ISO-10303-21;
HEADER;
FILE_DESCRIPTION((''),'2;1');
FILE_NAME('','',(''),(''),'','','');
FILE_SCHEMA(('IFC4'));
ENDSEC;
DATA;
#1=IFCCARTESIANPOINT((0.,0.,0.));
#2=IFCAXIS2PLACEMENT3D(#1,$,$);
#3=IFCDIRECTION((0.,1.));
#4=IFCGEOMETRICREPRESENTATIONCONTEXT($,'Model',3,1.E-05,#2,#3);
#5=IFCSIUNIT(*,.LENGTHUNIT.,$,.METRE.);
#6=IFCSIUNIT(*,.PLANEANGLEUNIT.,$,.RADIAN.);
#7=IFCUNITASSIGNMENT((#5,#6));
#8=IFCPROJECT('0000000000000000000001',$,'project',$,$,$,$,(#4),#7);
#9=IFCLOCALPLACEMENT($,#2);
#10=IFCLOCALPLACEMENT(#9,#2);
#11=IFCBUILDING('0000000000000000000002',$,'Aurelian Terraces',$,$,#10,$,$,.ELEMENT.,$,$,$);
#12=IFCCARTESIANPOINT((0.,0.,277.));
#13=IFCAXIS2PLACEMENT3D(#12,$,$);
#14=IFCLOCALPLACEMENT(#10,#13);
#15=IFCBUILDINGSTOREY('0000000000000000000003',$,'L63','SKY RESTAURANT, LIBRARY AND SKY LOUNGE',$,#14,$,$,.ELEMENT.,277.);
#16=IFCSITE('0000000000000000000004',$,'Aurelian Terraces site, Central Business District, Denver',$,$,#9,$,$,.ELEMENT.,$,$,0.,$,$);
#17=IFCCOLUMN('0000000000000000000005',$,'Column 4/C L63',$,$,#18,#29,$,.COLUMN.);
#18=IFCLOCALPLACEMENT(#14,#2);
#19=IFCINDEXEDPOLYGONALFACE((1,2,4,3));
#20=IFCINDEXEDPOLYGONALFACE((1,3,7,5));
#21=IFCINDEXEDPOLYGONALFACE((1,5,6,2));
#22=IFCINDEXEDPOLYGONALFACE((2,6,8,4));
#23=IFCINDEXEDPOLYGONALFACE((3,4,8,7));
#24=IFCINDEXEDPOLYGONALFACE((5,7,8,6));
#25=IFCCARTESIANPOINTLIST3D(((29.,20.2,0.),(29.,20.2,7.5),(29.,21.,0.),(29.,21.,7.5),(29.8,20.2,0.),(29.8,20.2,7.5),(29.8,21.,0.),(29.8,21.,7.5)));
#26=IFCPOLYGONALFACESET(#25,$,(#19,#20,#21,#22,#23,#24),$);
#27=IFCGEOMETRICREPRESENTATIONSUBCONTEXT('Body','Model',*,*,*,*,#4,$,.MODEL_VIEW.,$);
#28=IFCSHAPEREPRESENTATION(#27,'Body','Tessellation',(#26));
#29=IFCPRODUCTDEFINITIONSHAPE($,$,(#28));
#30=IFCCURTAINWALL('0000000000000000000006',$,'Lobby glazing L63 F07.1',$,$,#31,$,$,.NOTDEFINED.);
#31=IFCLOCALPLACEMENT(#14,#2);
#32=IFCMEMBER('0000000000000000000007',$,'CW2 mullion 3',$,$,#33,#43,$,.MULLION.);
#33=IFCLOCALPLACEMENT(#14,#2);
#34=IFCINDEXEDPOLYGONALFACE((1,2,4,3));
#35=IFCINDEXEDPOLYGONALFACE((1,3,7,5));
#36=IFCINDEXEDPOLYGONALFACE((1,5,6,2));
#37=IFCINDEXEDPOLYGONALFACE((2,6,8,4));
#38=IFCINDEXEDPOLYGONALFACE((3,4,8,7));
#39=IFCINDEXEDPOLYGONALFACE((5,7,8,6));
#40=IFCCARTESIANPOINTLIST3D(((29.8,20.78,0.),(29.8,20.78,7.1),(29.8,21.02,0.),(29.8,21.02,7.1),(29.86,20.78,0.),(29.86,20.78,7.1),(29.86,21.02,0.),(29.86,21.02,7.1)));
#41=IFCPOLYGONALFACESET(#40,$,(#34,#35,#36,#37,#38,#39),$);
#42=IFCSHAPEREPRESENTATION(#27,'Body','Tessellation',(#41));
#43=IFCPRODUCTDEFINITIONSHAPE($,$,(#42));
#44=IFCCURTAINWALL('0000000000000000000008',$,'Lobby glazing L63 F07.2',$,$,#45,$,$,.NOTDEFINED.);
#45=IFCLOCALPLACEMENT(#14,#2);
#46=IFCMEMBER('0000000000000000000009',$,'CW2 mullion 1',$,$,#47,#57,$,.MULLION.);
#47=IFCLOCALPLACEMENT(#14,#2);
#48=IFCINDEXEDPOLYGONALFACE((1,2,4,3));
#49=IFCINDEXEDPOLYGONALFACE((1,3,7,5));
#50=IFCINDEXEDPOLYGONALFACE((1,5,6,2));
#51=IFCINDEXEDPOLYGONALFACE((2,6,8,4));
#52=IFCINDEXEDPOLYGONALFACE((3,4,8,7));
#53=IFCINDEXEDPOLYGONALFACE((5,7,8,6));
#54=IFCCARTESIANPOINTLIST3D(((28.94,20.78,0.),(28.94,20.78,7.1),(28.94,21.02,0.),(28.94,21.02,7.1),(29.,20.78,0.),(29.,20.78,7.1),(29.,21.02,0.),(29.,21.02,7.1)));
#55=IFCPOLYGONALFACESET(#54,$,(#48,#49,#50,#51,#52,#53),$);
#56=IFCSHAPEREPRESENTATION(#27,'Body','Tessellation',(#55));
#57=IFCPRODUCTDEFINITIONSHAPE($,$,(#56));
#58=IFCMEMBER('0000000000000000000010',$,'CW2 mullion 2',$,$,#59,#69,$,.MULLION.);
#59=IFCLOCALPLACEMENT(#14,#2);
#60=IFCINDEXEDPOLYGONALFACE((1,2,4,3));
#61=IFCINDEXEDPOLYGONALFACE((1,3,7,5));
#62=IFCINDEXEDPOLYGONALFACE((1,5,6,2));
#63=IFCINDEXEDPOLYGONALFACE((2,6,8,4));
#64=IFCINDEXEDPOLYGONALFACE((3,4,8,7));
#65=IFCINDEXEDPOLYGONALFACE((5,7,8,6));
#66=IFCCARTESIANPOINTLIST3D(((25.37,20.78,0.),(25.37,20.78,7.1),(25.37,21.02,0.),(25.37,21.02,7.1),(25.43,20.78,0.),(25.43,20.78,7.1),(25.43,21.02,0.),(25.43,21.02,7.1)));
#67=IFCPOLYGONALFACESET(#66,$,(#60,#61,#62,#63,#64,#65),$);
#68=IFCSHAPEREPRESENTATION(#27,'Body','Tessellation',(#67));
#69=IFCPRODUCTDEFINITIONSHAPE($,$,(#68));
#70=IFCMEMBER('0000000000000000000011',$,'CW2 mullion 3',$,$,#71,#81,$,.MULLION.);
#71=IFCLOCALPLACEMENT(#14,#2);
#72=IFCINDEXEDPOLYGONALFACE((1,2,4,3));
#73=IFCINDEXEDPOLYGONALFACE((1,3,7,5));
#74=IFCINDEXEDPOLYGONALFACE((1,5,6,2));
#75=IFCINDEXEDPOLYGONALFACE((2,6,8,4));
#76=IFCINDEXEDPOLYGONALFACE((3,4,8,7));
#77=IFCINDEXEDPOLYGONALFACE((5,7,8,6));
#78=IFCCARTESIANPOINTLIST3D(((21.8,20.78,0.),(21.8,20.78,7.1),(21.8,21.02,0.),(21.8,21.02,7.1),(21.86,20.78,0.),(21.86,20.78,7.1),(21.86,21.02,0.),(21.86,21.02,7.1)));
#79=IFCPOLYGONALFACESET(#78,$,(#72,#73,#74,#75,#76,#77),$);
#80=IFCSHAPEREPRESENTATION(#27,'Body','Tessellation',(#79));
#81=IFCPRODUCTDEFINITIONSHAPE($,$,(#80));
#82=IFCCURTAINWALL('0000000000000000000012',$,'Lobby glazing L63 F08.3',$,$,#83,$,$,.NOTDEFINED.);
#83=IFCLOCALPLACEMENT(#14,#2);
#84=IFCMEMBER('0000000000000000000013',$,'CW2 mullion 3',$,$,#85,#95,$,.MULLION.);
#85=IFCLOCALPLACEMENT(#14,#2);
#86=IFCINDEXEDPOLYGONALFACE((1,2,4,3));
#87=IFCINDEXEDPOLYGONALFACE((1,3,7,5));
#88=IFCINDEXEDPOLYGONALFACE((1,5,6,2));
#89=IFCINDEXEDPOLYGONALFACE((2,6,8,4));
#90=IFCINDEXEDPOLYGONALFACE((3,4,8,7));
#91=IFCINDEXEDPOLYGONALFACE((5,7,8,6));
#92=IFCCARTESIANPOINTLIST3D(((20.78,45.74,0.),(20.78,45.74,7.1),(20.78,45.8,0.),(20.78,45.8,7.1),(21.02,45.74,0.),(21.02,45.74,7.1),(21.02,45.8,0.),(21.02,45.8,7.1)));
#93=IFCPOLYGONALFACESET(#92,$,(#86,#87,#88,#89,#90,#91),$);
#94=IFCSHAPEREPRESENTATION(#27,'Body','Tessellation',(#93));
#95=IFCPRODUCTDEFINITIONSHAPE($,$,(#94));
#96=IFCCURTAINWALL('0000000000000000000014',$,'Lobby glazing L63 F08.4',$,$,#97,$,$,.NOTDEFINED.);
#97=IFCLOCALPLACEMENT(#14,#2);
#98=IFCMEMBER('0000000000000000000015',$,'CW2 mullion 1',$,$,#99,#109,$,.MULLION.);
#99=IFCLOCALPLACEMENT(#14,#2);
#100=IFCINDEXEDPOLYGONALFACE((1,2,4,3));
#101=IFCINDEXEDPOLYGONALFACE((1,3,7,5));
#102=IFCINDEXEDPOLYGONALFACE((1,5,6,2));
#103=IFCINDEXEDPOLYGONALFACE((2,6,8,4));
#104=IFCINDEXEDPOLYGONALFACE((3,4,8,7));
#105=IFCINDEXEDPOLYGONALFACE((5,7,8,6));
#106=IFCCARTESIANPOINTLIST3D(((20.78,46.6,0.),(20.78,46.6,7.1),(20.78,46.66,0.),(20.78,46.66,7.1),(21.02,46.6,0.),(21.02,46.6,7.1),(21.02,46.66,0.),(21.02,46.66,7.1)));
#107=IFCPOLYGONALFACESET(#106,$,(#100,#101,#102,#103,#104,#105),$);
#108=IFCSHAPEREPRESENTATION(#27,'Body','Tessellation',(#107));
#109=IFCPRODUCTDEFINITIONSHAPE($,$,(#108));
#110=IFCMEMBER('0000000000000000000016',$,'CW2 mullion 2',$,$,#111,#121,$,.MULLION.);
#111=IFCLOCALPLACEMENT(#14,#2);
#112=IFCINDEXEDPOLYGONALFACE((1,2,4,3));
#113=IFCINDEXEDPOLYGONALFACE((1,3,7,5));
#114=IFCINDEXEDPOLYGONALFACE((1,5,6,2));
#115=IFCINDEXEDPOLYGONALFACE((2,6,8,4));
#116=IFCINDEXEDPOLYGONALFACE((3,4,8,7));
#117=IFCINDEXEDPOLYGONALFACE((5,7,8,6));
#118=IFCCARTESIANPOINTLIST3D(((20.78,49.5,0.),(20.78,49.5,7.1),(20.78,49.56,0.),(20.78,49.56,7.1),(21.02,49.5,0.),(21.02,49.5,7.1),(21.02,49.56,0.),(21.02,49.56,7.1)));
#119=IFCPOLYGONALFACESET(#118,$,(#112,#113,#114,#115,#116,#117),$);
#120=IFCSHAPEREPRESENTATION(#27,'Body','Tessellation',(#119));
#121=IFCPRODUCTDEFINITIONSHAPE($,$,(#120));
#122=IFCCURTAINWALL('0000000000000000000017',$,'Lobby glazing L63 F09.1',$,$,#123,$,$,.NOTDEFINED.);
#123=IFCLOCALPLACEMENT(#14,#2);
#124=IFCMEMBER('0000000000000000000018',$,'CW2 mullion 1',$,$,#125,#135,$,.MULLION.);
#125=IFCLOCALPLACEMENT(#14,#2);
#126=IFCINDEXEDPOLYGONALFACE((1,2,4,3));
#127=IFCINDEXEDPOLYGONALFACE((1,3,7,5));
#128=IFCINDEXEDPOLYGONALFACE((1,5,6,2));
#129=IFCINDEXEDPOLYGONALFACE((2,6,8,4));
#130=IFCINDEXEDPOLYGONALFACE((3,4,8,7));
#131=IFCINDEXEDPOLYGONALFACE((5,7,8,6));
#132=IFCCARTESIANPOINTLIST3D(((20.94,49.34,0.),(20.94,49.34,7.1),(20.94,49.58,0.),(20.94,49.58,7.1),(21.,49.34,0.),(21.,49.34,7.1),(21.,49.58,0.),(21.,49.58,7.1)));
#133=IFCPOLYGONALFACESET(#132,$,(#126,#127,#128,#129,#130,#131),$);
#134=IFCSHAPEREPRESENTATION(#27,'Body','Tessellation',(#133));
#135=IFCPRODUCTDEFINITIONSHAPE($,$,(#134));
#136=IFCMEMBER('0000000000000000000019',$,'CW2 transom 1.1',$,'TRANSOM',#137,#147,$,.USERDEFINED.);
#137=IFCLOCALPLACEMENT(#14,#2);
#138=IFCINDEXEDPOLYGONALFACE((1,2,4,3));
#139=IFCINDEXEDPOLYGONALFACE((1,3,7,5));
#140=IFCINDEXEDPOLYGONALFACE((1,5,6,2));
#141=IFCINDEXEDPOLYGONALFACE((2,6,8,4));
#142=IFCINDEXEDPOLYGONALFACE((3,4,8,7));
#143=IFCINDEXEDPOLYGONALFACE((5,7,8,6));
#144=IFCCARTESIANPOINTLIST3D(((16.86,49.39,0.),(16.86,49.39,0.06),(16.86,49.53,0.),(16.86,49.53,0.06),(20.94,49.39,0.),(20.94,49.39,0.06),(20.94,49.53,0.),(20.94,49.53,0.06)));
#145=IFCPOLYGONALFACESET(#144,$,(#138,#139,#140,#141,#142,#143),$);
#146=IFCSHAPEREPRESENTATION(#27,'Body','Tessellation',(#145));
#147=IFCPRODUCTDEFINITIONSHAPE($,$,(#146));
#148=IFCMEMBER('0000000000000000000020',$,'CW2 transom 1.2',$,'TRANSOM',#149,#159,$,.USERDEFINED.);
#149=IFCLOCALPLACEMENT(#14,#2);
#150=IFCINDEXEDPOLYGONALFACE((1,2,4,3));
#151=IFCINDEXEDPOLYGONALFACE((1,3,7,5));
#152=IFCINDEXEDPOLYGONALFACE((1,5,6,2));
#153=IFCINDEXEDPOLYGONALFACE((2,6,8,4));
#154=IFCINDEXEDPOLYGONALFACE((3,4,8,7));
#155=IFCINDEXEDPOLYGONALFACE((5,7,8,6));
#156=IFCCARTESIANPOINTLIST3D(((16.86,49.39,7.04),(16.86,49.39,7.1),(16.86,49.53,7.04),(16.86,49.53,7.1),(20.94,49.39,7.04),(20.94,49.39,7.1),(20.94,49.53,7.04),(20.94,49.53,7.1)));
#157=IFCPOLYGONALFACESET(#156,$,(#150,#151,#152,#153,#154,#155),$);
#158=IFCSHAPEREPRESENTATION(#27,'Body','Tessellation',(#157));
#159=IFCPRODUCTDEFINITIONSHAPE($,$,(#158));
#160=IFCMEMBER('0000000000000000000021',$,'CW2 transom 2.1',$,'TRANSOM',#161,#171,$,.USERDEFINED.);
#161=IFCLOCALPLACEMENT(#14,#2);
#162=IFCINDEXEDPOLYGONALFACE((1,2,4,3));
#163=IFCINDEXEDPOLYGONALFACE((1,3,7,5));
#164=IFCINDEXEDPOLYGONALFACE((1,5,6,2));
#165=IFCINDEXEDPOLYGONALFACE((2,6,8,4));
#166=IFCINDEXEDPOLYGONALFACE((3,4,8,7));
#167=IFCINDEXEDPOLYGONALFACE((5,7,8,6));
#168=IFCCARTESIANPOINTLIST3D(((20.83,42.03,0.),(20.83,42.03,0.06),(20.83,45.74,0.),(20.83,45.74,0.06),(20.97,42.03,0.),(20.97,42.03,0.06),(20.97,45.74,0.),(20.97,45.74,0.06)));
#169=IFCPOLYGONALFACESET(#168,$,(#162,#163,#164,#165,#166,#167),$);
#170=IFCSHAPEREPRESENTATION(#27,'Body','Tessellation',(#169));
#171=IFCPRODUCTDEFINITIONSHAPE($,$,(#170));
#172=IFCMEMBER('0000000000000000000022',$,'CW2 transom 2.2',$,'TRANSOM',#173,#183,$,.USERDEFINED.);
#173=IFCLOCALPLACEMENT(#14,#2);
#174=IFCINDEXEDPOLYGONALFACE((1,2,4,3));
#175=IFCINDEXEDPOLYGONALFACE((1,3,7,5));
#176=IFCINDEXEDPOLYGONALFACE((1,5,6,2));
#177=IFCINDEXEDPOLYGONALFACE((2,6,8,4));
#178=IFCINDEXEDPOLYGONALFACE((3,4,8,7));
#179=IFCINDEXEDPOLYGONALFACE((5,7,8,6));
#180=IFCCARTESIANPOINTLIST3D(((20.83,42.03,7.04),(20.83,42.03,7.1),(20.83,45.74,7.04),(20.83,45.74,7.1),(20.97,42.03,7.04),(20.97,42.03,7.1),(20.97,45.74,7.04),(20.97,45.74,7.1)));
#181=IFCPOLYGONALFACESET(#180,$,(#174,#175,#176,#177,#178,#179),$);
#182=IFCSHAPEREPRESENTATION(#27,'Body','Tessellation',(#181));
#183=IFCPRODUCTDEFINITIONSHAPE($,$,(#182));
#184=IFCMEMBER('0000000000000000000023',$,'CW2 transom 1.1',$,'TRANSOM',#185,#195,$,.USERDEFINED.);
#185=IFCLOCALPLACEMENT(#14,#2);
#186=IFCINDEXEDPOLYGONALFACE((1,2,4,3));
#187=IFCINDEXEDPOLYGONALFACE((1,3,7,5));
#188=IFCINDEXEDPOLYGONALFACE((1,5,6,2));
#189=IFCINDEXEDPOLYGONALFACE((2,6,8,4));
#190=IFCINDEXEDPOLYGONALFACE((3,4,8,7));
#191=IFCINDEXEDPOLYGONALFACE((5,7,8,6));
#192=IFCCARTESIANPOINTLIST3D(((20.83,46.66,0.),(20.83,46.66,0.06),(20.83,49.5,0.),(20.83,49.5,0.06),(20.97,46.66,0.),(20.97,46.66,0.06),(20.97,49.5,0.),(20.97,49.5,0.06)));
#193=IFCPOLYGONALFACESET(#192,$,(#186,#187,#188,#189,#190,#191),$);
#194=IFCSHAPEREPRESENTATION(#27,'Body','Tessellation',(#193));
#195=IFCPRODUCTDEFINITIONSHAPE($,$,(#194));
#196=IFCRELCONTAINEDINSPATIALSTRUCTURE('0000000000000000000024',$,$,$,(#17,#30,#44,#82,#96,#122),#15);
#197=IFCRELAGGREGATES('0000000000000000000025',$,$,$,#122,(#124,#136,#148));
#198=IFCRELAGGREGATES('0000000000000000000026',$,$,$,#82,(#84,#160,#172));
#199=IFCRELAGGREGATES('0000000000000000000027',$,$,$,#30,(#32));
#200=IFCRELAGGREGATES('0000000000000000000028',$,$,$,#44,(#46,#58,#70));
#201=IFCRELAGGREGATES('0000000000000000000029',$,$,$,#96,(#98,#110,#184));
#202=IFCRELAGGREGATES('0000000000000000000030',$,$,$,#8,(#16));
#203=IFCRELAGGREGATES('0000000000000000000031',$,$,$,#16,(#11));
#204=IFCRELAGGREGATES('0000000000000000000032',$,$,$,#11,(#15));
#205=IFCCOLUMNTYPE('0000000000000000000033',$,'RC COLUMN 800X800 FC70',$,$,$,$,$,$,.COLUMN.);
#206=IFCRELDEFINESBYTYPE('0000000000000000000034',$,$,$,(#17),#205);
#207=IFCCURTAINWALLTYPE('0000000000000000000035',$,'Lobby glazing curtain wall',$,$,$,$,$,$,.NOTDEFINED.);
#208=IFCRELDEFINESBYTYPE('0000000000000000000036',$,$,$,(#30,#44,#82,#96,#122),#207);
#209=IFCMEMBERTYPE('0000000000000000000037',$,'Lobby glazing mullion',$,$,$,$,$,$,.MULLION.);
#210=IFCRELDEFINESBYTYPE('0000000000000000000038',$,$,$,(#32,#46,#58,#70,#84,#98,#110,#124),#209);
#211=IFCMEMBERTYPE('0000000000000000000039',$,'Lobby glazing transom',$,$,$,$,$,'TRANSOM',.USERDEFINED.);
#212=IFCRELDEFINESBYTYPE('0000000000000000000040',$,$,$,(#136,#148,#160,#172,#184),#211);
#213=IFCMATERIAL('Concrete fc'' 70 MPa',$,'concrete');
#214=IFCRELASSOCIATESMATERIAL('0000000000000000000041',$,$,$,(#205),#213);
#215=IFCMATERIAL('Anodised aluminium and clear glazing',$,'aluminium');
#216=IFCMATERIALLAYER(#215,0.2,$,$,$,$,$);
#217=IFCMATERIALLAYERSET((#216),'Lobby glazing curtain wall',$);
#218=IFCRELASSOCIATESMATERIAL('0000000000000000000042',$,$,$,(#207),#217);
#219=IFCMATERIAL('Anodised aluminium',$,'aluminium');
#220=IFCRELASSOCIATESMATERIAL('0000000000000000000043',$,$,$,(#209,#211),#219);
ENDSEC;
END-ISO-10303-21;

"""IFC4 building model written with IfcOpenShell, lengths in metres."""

from ifc_helpers import new_model, si_unit, direction, frame, origin, origin_2d, place, context, subcontext, project, spatial, rectangle, extrude, source, transform, mapped, material, layer, layer_set, material_profile, profile_set, type_object, element, aggregate, save


model = new_model("IFC4")

# Units and contexts
model_context = context("Model", 3, precision=1e-05, world=origin(), true_north=direction((0.0, 1.0)))
body_context = subcontext(model_context, "Body", "Model", "MODEL_VIEW")
ifc_project = project(units=[si_unit("LENGTHUNIT", "METRE"), si_unit("PLANEANGLEUNIT", "RADIAN")], contexts=[model_context])

# Site, building, storey
site_placement = place(None, origin())
site = spatial("IfcSite", under=ifc_project, at=site_placement, Name="Aurelian Terraces site, Central Business District, Denver", CompositionType="ELEMENT", RefElevation=0.0)
building_placement = place(site_placement, origin())
building = spatial("IfcBuilding", under=site, at=building_placement, Name="Aurelian Terraces", CompositionType="ELEMENT")
storey_placement = place(building_placement, frame((0.0, 0.0, 277.0)))
storey = spatial("IfcBuildingStorey", under=building, at=storey_placement, Name="L63", Description="SKY RESTAURANT, LIBRARY AND SKY LOUNGE", CompositionType="ELEMENT", Elevation=277.0)

# Column
ifc_material_1 = material(Name="Concrete fc' 70 MPa", Category="concrete")
ifc_material_profile_1 = material_profile(ifc_material_1, rectangle(XDim=0.8, YDim=0.8, at=origin_2d()))
ifc_profile_set_1 = profile_set([ifc_material_profile_1], Name="Concrete fc' 70 MPa")
column_type = type_object("IfcColumnType", Name="RC COLUMN 800X800 FC70", PredefinedType="COLUMN", material=ifc_profile_set_1)
shared_shape_1 = source(origin(), body_context, "Body", "SweptSolid", [
    extrude(rectangle(XDim=0.8, YDim=0.8, at=origin_2d()), origin(), (0.0, 0.0, 1.0), 7.5),
])
column_placement = place(storey_placement, frame((29.4, 20.6, 0.0), z_axis=(0.0, 0.0, 1.0), x_axis=(1.0, 0.0, 0.0)))
element("IfcColumn", 1, at=column_placement, inside=storey, type_object=column_type, Name="Column 4/C L63", PredefinedType="COLUMN", context=body_context, shape_type="MappedRepresentation", body=[
    mapped(shared_shape_1, transform((0.0, 0.0, 0.0), scale=1.0)),
])

# Curtain wall, member
ifc_material_2 = material(Name="Anodised aluminium and clear glazing", Category="aluminium")
ifc_layer_1 = layer(ifc_material_2, 0.2)
ifc_layer_set_1 = layer_set([ifc_layer_1], Name="Lobby glazing curtain wall")
curtain_wall_type = type_object("IfcCurtainWallType", Name="Lobby glazing curtain wall", PredefinedType="NOTDEFINED", material=ifc_layer_set_1)
curtain_wall_1_placement = place(storey_placement, origin())
curtain_wall_1 = element("IfcCurtainWall", 2, at=curtain_wall_1_placement, inside=storey, type_object=curtain_wall_type, Name="Lobby glazing L63 F07.1", PredefinedType="NOTDEFINED")
ifc_material_3 = material(Name="Anodised aluminium", Category="aluminium")
ifc_material_profile_2 = material_profile(ifc_material_3, rectangle(XDim=0.24, YDim=0.06, at=origin_2d()))
ifc_profile_set_2 = profile_set([ifc_material_profile_2], Name="Anodised aluminium")
member_type_1 = type_object("IfcMemberType", Name="Lobby glazing mullion", PredefinedType="MULLION", material=ifc_profile_set_2)
shared_shape_2 = source(origin(), body_context, "Body", "SweptSolid", [
    extrude(rectangle(XDim=0.24, YDim=0.06, at=origin_2d()), origin(), (0.0, 0.0, 1.0), 7.1),
])
member_1_placement = place(storey_placement, frame((29.83, 20.9, 0.0), z_axis=(0.0, 0.0, 1.0), x_axis=(0.0, -1.0, 0.0)))
member_1 = element("IfcMember", 3, at=member_1_placement, type_object=member_type_1, Name="CW2 mullion 3", PredefinedType="MULLION", context=body_context, shape_type="MappedRepresentation", body=[
    mapped(shared_shape_2, transform((0.0, 0.0, 0.0), scale=1.0)),
])

# Curtain wall, members
curtain_wall_2_placement = place(storey_placement, origin())
curtain_wall_2 = element("IfcCurtainWall", 4, at=curtain_wall_2_placement, inside=storey, type_object=curtain_wall_type, Name="Lobby glazing L63 F07.2", PredefinedType="NOTDEFINED")
member_2_placement = place(storey_placement, frame((28.97, 20.9, 0.0), z_axis=(0.0, 0.0, 1.0), x_axis=(0.0, -1.0, 0.0)))
member_2 = element("IfcMember", 5, at=member_2_placement, type_object=member_type_1, Name="CW2 mullion 1", PredefinedType="MULLION", context=body_context, shape_type="MappedRepresentation", body=[
    mapped(shared_shape_2, transform((0.0, 0.0, 0.0), scale=1.0)),
])
member_3_placement = place(storey_placement, frame((25.4, 20.9, 0.0), z_axis=(0.0, 0.0, 1.0), x_axis=(0.0, -1.0, 0.0)))
member_3 = element("IfcMember", 6, at=member_3_placement, type_object=member_type_1, Name="CW2 mullion 2", PredefinedType="MULLION", context=body_context, shape_type="MappedRepresentation", body=[
    mapped(shared_shape_2, transform((0.0, 0.0, 0.0), scale=1.0)),
])
member_4_placement = place(storey_placement, frame((21.83, 20.9, 0.0), z_axis=(0.0, 0.0, 1.0), x_axis=(0.0, -1.0, 0.0)))
member_4 = element("IfcMember", 7, at=member_4_placement, type_object=member_type_1, Name="CW2 mullion 3", PredefinedType="MULLION", context=body_context, shape_type="MappedRepresentation", body=[
    mapped(shared_shape_2, transform((0.0, 0.0, 0.0), scale=1.0)),
])

# Curtain wall, member
curtain_wall_3_placement = place(storey_placement, origin())
curtain_wall_3 = element("IfcCurtainWall", 8, at=curtain_wall_3_placement, inside=storey, type_object=curtain_wall_type, Name="Lobby glazing L63 F08.3", PredefinedType="NOTDEFINED")
member_5_placement = place(storey_placement, frame((20.9, 45.77, 0.0), z_axis=(0.0, 0.0, 1.0), x_axis=(-1.0, 0.0, 0.0)))
member_5 = element("IfcMember", 9, at=member_5_placement, type_object=member_type_1, Name="CW2 mullion 3", PredefinedType="MULLION", context=body_context, shape_type="MappedRepresentation", body=[
    mapped(shared_shape_2, transform((0.0, 0.0, 0.0), scale=1.0)),
])

# Curtain walls, members
curtain_wall_4_placement = place(storey_placement, origin())
curtain_wall_4 = element("IfcCurtainWall", 10, at=curtain_wall_4_placement, inside=storey, type_object=curtain_wall_type, Name="Lobby glazing L63 F08.4", PredefinedType="NOTDEFINED")
member_6_placement = place(storey_placement, frame((20.9, 46.63, 0.0), z_axis=(0.0, 0.0, 1.0), x_axis=(-1.0, 0.0, 0.0)))
member_6 = element("IfcMember", 11, at=member_6_placement, type_object=member_type_1, Name="CW2 mullion 1", PredefinedType="MULLION", context=body_context, shape_type="MappedRepresentation", body=[
    mapped(shared_shape_2, transform((0.0, 0.0, 0.0), scale=1.0)),
])
member_7_placement = place(storey_placement, frame((20.9, 49.53, 0.0), z_axis=(0.0, 0.0, 1.0), x_axis=(-1.0, 0.0, 0.0)))
member_7 = element("IfcMember", 12, at=member_7_placement, type_object=member_type_1, Name="CW2 mullion 2", PredefinedType="MULLION", context=body_context, shape_type="MappedRepresentation", body=[
    mapped(shared_shape_2, transform((0.0, 0.0, 0.0), scale=1.0)),
])
curtain_wall_5_placement = place(storey_placement, origin())
curtain_wall_5 = element("IfcCurtainWall", 13, at=curtain_wall_5_placement, inside=storey, type_object=curtain_wall_type, Name="Lobby glazing L63 F09.1", PredefinedType="NOTDEFINED")
member_8_placement = place(storey_placement, frame((20.97, 49.46, 0.0), z_axis=(0.0, 0.0, 1.0), x_axis=(0.0, -1.0, 0.0)))
member_8 = element("IfcMember", 14, at=member_8_placement, type_object=member_type_1, Name="CW2 mullion 1", PredefinedType="MULLION", context=body_context, shape_type="MappedRepresentation", body=[
    mapped(shared_shape_2, transform((0.0, 0.0, 0.0), scale=1.0)),
])
ifc_material_profile_3 = material_profile(ifc_material_3, rectangle(XDim=0.14, YDim=0.06, at=origin_2d()))
ifc_profile_set_3 = profile_set([ifc_material_profile_3], Name="Anodised aluminium")
member_type_2 = type_object("IfcMemberType", Name="Lobby glazing transom", ElementType="TRANSOM", PredefinedType="USERDEFINED", material=ifc_profile_set_3)
shared_shape_3 = source(origin(), body_context, "Body", "SweptSolid", [
    extrude(rectangle(XDim=0.14, YDim=0.06, at=origin_2d()), origin(), (0.0, 0.0, 1.0), 4.08),
])
member_9_placement = place(storey_placement, frame((20.94, 49.46, 0.03), z_axis=(-1.0, 0.0, 0.0), x_axis=(0.0, -1.0, 0.0)))
member_9 = element("IfcMember", 15, at=member_9_placement, type_object=member_type_2, Name="CW2 transom 1.1", ObjectType="TRANSOM", PredefinedType="USERDEFINED", context=body_context, shape_type="MappedRepresentation", body=[
    mapped(shared_shape_3, transform((0.0, 0.0, 0.0), scale=1.0)),
])
member_10_placement = place(storey_placement, frame((20.94, 49.46, 7.07), z_axis=(-1.0, 0.0, 0.0), x_axis=(0.0, -1.0, 0.0)))
member_10 = element("IfcMember", 16, at=member_10_placement, type_object=member_type_2, Name="CW2 transom 1.2", ObjectType="TRANSOM", PredefinedType="USERDEFINED", context=body_context, shape_type="MappedRepresentation", body=[
    mapped(shared_shape_3, transform((0.0, 0.0, 0.0), scale=1.0)),
])
aggregate(curtain_wall_5, [member_8, member_9, member_10])

# Members
shared_shape_4 = source(origin(), body_context, "Body", "SweptSolid", [
    extrude(rectangle(XDim=0.14, YDim=0.06, at=origin_2d()), origin(), (0.0, 0.0, 1.0), 3.71),
])
member_11_placement = place(storey_placement, frame((20.9, 42.03, 0.03), z_axis=(0.0, 1.0, 0.0), x_axis=(-1.0, 0.0, 0.0)))
member_11 = element("IfcMember", 17, at=member_11_placement, type_object=member_type_2, Name="CW2 transom 2.1", ObjectType="TRANSOM", PredefinedType="USERDEFINED", context=body_context, shape_type="MappedRepresentation", body=[
    mapped(shared_shape_4, transform((0.0, 0.0, 0.0), scale=1.0)),
])
member_12_placement = place(storey_placement, frame((20.9, 42.03, 7.07), z_axis=(0.0, 1.0, 0.0), x_axis=(-1.0, 0.0, 0.0)))
member_12 = element("IfcMember", 18, at=member_12_placement, type_object=member_type_2, Name="CW2 transom 2.2", ObjectType="TRANSOM", PredefinedType="USERDEFINED", context=body_context, shape_type="MappedRepresentation", body=[
    mapped(shared_shape_4, transform((0.0, 0.0, 0.0), scale=1.0)),
])
shared_shape_5 = source(origin(), body_context, "Body", "SweptSolid", [
    extrude(rectangle(XDim=0.14, YDim=0.06, at=origin_2d()), origin(), (0.0, 0.0, 1.0), 2.84),
])
member_13_placement = place(storey_placement, frame((20.9, 46.66, 0.03), z_axis=(0.0, 1.0, 0.0), x_axis=(-1.0, 0.0, 0.0)))
member_13 = element("IfcMember", 19, at=member_13_placement, type_object=member_type_2, Name="CW2 transom 1.1", ObjectType="TRANSOM", PredefinedType="USERDEFINED", context=body_context, shape_type="MappedRepresentation", body=[
    mapped(shared_shape_5, transform((0.0, 0.0, 0.0), scale=1.0)),
])

aggregate(curtain_wall_3, [member_5, member_11, member_12])
aggregate(curtain_wall_1, [member_1])
aggregate(curtain_wall_2, [member_2, member_3, member_4])
aggregate(curtain_wall_4, [member_6, member_7, member_13])

save(model, "model.ifc")
